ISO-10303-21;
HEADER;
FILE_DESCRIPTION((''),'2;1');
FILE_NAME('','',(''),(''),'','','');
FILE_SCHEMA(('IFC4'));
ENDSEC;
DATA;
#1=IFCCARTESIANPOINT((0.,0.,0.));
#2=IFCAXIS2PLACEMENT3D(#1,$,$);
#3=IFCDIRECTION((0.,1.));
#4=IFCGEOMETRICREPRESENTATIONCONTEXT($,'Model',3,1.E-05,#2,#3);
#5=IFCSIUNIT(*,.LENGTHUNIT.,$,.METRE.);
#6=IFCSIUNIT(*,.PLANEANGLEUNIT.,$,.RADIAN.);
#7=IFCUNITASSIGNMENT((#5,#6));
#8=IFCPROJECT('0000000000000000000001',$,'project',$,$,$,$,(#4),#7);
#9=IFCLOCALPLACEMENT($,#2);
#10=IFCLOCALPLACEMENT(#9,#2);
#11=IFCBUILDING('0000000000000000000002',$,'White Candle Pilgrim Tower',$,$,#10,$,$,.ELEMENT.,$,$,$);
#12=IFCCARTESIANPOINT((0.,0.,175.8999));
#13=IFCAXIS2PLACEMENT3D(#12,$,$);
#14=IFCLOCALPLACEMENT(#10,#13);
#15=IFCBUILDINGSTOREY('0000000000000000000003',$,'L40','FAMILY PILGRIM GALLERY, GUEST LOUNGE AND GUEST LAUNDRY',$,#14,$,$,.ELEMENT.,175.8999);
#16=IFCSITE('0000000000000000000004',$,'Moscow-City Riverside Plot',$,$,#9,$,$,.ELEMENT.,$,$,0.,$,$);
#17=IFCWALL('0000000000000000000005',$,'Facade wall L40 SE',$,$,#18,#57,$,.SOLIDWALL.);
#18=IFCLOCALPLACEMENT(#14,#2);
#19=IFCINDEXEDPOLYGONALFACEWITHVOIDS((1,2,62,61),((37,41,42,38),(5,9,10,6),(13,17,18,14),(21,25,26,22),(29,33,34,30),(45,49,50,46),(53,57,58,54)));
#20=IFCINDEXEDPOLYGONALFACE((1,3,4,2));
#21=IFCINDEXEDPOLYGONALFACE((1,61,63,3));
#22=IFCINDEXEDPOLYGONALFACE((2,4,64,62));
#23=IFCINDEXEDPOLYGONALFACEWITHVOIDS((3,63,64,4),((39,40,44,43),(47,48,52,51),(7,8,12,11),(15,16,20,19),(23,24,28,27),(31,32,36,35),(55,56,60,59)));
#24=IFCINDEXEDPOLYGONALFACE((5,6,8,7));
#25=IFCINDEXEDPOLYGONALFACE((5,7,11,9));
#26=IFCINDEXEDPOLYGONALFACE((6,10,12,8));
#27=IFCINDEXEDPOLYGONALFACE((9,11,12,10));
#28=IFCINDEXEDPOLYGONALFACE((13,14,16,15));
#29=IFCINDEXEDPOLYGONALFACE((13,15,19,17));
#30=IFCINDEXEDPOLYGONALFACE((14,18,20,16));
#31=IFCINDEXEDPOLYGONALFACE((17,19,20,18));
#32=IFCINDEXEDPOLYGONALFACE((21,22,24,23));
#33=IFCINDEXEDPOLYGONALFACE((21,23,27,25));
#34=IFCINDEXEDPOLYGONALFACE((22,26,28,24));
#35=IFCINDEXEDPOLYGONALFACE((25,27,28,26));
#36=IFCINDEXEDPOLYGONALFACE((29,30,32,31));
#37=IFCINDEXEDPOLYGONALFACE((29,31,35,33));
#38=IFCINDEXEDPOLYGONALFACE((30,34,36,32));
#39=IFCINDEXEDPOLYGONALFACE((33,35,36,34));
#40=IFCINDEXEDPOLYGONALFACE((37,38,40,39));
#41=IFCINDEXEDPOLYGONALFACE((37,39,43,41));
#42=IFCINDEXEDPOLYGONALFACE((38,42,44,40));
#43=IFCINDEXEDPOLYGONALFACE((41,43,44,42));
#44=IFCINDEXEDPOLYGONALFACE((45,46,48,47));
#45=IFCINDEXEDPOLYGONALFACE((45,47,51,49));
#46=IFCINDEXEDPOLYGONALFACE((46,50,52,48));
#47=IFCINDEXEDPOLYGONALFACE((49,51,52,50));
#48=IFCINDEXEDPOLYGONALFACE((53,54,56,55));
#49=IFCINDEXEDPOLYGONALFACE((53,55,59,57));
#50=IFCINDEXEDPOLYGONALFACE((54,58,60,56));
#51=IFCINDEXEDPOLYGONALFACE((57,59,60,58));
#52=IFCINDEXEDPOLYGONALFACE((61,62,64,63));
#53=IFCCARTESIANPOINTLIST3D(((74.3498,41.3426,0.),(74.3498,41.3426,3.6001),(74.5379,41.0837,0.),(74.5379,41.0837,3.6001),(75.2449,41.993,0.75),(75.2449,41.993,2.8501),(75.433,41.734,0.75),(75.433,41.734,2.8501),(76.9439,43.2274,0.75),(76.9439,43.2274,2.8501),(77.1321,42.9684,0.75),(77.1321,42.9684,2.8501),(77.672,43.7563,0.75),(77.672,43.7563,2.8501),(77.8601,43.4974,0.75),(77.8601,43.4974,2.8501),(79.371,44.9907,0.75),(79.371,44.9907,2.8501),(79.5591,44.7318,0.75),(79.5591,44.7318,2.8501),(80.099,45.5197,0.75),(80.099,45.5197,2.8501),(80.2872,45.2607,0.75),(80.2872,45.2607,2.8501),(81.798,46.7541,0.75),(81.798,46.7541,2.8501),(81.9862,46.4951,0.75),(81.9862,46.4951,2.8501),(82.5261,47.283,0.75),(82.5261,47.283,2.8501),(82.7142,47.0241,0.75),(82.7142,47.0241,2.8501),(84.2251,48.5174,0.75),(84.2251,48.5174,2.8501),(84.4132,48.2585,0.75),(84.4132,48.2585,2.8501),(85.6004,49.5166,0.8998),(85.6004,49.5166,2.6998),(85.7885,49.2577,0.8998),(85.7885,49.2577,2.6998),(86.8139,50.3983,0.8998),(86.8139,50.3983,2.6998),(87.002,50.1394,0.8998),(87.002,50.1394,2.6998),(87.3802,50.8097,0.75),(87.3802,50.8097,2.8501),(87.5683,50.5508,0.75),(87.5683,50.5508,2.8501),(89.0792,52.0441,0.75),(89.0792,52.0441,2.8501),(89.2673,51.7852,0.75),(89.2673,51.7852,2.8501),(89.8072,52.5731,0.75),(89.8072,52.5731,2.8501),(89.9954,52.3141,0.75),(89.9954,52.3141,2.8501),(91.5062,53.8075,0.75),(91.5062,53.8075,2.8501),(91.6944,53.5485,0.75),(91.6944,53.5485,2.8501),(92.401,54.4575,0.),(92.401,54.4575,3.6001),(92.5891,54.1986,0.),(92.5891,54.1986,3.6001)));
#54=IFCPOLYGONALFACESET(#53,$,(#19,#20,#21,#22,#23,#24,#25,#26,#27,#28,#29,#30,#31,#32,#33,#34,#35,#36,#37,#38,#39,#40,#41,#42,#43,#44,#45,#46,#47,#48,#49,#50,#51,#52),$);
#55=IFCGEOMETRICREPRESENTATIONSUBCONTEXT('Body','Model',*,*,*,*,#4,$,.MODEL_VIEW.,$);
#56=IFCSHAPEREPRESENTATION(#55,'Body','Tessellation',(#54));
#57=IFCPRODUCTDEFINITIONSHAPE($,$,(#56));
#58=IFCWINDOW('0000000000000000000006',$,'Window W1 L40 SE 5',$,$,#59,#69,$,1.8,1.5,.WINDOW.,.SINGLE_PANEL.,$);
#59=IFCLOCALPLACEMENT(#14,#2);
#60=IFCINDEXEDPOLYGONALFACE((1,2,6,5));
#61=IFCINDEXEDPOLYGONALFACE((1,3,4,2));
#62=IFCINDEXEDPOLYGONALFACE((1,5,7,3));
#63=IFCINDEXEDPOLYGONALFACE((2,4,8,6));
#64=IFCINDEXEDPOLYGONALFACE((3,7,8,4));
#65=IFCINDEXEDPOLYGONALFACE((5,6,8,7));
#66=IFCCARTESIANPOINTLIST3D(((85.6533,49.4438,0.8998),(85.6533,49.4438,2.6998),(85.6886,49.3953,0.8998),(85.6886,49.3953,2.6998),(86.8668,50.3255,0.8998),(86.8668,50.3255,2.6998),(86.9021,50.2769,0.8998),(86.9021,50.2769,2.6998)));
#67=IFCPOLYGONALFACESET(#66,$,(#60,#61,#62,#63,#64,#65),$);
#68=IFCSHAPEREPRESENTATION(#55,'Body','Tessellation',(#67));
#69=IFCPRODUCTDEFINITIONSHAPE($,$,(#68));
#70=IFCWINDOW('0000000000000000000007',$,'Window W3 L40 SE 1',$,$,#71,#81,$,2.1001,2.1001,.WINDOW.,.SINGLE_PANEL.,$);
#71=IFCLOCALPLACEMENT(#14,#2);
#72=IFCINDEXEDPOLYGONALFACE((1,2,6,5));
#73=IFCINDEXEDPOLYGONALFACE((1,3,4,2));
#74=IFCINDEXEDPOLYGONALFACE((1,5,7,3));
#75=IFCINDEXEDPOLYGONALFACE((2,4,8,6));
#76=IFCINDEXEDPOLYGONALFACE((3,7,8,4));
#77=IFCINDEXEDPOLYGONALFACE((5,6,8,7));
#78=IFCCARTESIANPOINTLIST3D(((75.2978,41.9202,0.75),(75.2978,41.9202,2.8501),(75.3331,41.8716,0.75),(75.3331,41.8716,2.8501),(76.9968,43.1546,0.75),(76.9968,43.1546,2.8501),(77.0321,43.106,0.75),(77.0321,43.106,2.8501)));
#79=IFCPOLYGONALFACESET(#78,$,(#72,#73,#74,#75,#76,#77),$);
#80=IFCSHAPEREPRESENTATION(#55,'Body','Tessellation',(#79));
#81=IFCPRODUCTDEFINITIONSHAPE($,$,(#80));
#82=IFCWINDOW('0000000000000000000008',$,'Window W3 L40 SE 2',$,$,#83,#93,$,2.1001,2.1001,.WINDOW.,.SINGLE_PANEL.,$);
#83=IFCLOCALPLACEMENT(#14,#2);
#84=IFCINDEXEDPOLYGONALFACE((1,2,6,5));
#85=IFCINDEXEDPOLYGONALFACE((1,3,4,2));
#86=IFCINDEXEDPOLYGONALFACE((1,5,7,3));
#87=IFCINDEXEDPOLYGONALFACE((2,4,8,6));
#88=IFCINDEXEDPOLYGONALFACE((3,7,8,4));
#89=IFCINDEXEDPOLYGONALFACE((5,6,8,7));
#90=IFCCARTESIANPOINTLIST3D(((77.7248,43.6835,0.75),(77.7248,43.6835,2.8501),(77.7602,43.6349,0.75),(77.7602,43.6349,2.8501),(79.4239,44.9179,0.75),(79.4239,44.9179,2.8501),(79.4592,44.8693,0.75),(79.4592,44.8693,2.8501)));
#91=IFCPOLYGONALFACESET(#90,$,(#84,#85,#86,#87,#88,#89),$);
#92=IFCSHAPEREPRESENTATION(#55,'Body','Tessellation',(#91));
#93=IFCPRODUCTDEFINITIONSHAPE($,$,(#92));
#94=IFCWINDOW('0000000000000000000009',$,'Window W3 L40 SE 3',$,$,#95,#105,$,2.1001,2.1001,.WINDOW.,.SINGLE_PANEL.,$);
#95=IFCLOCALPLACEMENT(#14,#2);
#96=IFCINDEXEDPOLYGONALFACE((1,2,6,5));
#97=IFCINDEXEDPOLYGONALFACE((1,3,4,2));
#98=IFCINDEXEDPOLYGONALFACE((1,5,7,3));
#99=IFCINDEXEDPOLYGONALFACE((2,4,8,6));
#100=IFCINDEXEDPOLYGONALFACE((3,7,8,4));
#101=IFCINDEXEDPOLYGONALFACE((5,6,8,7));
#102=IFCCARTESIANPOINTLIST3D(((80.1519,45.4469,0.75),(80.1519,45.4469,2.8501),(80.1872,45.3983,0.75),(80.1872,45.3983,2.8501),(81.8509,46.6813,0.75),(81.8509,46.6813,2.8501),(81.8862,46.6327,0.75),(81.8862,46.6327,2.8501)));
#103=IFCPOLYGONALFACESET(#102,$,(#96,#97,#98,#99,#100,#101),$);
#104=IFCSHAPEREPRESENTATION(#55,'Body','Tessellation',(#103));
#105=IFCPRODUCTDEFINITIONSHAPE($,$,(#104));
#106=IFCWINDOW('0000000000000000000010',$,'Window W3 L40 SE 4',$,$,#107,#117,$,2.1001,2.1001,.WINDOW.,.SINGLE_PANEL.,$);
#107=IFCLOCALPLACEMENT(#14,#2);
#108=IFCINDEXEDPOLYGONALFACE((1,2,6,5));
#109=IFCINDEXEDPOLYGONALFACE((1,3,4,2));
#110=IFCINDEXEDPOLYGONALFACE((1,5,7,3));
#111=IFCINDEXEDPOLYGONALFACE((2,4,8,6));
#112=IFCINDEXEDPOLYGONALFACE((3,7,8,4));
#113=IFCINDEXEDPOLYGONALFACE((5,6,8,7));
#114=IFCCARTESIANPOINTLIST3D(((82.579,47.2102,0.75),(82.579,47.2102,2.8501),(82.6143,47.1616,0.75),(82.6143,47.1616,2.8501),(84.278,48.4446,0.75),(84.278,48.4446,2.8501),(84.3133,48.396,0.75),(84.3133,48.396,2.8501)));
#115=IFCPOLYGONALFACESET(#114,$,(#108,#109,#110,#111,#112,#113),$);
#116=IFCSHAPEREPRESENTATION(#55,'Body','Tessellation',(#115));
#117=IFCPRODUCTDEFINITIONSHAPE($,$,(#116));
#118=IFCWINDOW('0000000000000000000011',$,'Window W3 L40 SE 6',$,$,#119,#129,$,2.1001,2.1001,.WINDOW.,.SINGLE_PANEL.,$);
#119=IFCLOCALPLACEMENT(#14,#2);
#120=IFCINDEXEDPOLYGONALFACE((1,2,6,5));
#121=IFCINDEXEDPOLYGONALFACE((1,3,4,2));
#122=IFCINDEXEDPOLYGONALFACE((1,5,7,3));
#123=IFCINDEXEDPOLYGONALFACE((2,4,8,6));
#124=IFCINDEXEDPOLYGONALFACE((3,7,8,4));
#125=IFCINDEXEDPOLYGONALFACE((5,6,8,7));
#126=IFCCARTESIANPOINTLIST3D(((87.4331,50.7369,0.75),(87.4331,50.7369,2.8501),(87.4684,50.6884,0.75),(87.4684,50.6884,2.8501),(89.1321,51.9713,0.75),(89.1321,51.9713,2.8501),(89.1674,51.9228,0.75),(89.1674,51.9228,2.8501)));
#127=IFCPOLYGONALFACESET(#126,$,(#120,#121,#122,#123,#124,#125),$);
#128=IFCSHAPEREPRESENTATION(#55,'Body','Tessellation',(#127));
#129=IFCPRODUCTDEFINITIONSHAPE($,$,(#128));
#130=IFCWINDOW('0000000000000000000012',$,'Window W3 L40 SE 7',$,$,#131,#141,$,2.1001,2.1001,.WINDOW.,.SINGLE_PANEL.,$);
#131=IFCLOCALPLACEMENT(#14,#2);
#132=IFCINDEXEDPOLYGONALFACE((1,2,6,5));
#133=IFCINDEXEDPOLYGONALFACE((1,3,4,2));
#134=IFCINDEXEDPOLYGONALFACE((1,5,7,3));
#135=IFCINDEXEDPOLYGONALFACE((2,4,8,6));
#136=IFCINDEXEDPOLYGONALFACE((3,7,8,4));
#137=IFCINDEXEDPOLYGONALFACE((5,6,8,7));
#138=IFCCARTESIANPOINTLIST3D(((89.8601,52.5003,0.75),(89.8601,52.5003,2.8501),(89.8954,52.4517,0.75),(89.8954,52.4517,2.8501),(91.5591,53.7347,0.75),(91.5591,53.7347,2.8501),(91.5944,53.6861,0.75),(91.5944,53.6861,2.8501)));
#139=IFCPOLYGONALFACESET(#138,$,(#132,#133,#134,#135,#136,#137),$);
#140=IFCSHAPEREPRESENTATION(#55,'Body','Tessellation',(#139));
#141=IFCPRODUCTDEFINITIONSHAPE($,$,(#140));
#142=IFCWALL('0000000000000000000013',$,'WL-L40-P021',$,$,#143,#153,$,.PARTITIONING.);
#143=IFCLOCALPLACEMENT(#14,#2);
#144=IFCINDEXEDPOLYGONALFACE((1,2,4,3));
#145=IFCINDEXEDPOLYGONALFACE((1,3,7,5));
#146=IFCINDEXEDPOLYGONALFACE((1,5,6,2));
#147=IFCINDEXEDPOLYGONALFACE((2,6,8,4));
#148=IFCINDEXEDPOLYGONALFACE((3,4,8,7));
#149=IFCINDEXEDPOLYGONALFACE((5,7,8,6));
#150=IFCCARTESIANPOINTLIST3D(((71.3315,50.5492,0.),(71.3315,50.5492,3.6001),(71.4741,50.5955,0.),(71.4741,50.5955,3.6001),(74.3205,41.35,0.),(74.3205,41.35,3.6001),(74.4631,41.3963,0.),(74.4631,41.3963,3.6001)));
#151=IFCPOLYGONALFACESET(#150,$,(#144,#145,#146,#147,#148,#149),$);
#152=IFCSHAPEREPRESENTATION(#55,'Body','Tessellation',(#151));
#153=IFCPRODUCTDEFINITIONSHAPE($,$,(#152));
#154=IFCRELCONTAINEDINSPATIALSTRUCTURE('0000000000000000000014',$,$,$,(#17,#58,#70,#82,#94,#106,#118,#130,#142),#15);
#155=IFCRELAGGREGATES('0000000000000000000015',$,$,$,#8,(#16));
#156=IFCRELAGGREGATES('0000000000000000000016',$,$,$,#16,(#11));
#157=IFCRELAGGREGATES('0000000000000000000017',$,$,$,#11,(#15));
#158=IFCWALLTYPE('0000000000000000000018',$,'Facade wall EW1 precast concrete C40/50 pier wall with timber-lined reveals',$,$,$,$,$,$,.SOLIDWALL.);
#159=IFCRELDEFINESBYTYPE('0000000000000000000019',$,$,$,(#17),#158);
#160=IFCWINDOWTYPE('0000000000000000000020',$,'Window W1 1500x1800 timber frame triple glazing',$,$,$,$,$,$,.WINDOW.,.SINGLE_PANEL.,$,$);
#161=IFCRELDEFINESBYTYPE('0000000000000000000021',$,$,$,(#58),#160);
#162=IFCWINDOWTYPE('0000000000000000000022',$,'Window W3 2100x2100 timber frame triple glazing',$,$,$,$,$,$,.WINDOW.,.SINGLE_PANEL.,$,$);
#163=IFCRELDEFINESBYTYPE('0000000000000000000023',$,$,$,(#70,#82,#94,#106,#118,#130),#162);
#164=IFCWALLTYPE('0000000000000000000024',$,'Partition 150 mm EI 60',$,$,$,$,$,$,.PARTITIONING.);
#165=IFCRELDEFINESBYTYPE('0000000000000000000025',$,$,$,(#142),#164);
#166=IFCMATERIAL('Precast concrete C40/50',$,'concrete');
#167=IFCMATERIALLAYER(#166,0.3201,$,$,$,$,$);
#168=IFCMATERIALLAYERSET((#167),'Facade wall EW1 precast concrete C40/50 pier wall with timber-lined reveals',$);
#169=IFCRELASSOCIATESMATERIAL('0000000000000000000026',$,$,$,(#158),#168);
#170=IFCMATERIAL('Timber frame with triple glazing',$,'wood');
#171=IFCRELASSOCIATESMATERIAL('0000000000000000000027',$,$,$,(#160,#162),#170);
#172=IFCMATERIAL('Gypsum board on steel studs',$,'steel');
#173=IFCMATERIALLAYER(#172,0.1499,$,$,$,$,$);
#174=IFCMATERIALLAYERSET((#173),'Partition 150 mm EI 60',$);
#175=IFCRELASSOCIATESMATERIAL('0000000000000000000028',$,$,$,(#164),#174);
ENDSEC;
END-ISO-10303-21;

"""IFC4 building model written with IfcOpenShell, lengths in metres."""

from ifc_helpers import new_model, si_unit, direction, frame, frame_2d, origin, place, context, subcontext, project, spatial, rectangle, extrude, material, layer, layer_set, type_object, element, fill, save


model = new_model("IFC4")

# Units and contexts
model_context = context("Model", 3, precision=1e-05, world=origin(), true_north=direction((0.0, 1.0)))
body_context = subcontext(model_context, "Body", "Model", "MODEL_VIEW")
ifc_project = project(units=[si_unit("LENGTHUNIT", "METRE"), si_unit("PLANEANGLEUNIT", "RADIAN")], contexts=[model_context])

# Site, building, storey
site_placement = place(None, origin())
site = spatial("IfcSite", under=ifc_project, at=site_placement, Name="Moscow-City Riverside Plot", CompositionType="ELEMENT", RefElevation=0.0)
building_placement = place(site_placement, origin())
building = spatial("IfcBuilding", under=site, at=building_placement, Name="White Candle Pilgrim Tower", CompositionType="ELEMENT")
storey_placement = place(building_placement, frame((0.0, 0.0, 175.8999)))
storey = spatial("IfcBuildingStorey", under=building, at=storey_placement, Name="L40", Description="FAMILY PILGRIM GALLERY, GUEST LOUNGE AND GUEST LAUNDRY", CompositionType="ELEMENT", Elevation=175.8999)

# Shared definitions
ifc_material_1 = material(Name="Gypsum board on steel studs", Category="steel")

# Wall, openings, windows
ifc_material_2 = material(Name="Precast concrete C40/50", Category="concrete")
ifc_layer_1 = layer(ifc_material_2, 0.3201)
ifc_layer_set_1 = layer_set([ifc_layer_1], Name="Facade wall EW1 precast concrete C40/50 pier wall with timber-lined reveals")
wall_type_1 = type_object("IfcWallType", Name="Facade wall EW1 precast concrete C40/50 pier wall with timber-lined reveals", PredefinedType="SOLIDWALL", material=ifc_layer_set_1)
wall_1_placement = place(storey_placement, frame((74.4438, 41.2131, 0.0), z_axis=(0.0, 0.0, 1.0), x_axis=(0.809018, 0.587785, 0.0)))
wall_1 = element("IfcWall", 1, at=wall_1_placement, inside=storey, type_object=wall_type_1, Name="Facade wall L40 SE", PredefinedType="SOLIDWALL", context=body_context, shape_type="SweptSolid", body=[
    extrude(rectangle(XDim=22.3125, YDim=0.3201, at=frame_2d((11.1562, 0.0))), origin(), (0.0, 0.0, 1.0), 3.6001),
])
opening_1_placement = place(wall_1_placement, frame((1.1064, 0.0, 0.75)))
opening_1 = element("IfcOpeningElement", 2, at=opening_1_placement, cuts=wall_1, PredefinedType="OPENING", context=body_context, shape_type="SweptSolid", body=[
    extrude(rectangle(XDim=2.1001, YDim=2.1001, at=frame_2d((1.05, 1.05))), frame((0.0, 0.1699, 0.0), z_axis=(0.0, -1.0, 0.0), x_axis=(1.0, 0.0, 0.0)), (0.0, 0.0, 1.0), 0.3401),
])
opening_2_placement = place(wall_1_placement, frame((4.1064, 0.0, 0.75)))
opening_2 = element("IfcOpeningElement", 3, at=opening_2_placement, cuts=wall_1, PredefinedType="OPENING", context=body_context, shape_type="SweptSolid", body=[
    extrude(rectangle(XDim=2.1001, YDim=2.1001, at=frame_2d((1.05, 1.05))), frame((0.0, 0.1699, 0.0), z_axis=(0.0, -1.0, 0.0), x_axis=(1.0, 0.0, 0.0)), (0.0, 0.0, 1.0), 0.3401),
])
opening_3_placement = place(wall_1_placement, frame((7.1064, 0.0, 0.75)))
opening_3 = element("IfcOpeningElement", 4, at=opening_3_placement, cuts=wall_1, PredefinedType="OPENING", context=body_context, shape_type="SweptSolid", body=[
    extrude(rectangle(XDim=2.1001, YDim=2.1001, at=frame_2d((1.05, 1.05))), frame((0.0, 0.1699, 0.0), z_axis=(0.0, -1.0, 0.0), x_axis=(1.0, 0.0, 0.0)), (0.0, 0.0, 1.0), 0.3401),
])
opening_4_placement = place(wall_1_placement, frame((10.1064, 0.0, 0.75)))
opening_4 = element("IfcOpeningElement", 5, at=opening_4_placement, cuts=wall_1, PredefinedType="OPENING", context=body_context, shape_type="SweptSolid", body=[
    extrude(rectangle(XDim=2.1001, YDim=2.1001, at=frame_2d((1.05, 1.05))), frame((0.0, 0.1699, 0.0), z_axis=(0.0, -1.0, 0.0), x_axis=(1.0, 0.0, 0.0)), (0.0, 0.0, 1.0), 0.3401),
])
opening_5_placement = place(wall_1_placement, frame((13.9065, 0.0, 0.8999)))
opening_5 = element("IfcOpeningElement", 6, at=opening_5_placement, cuts=wall_1, PredefinedType="OPENING", context=body_context, shape_type="SweptSolid", body=[
    extrude(rectangle(XDim=1.5, YDim=1.8, at=frame_2d((0.75, 0.8999))), frame((0.0, 0.1699, 0.0), z_axis=(0.0, -1.0, 0.0), x_axis=(1.0, 0.0, 0.0)), (0.0, 0.0, 1.0), 0.3401),
])
opening_6_placement = place(wall_1_placement, frame((16.1064, 0.0, 0.75)))
opening_6 = element("IfcOpeningElement", 7, at=opening_6_placement, cuts=wall_1, PredefinedType="OPENING", context=body_context, shape_type="SweptSolid", body=[
    extrude(rectangle(XDim=2.1001, YDim=2.1001, at=frame_2d((1.05, 1.05))), frame((0.0, 0.1699, 0.0), z_axis=(0.0, -1.0, 0.0), x_axis=(1.0, 0.0, 0.0)), (0.0, 0.0, 1.0), 0.3401),
])
opening_7_placement = place(wall_1_placement, frame((19.1064, 0.0, 0.75)))
opening_7 = element("IfcOpeningElement", 8, at=opening_7_placement, cuts=wall_1, PredefinedType="OPENING", context=body_context, shape_type="SweptSolid", body=[
    extrude(rectangle(XDim=2.1001, YDim=2.1001, at=frame_2d((1.05, 1.05))), frame((0.0, 0.1699, 0.0), z_axis=(0.0, -1.0, 0.0), x_axis=(1.0, 0.0, 0.0)), (0.0, 0.0, 1.0), 0.3401),
])
ifc_material_3 = material(Name="Timber frame with triple glazing", Category="wood")
window_type_1 = type_object("IfcWindowType", Name="Window W1 1500x1800 timber frame triple glazing", PartitioningType="SINGLE_PANEL", PredefinedType="WINDOW", material=ifc_material_3)
window_1_placement = place(opening_5_placement, origin())
window_1 = element("IfcWindow", 9, at=window_1_placement, inside=storey, type_object=window_type_1, Name="Window W1 L40 SE 5", OverallHeight=1.8, OverallWidth=1.5, PartitioningType="SINGLE_PANEL", PredefinedType="WINDOW", context=body_context, shape_type="SweptSolid", body=[
    extrude(rectangle(XDim=1.5, YDim=1.8, at=frame_2d((0.75, 0.8999))), frame((0.0, 0.0701, 0.0), z_axis=(0.0, -1.0, 0.0), x_axis=(1.0, 0.0, 0.0)), (0.0, 0.0, 1.0), 0.0601),
])
fill(opening_5, window_1)
window_type_2 = type_object("IfcWindowType", Name="Window W3 2100x2100 timber frame triple glazing", PartitioningType="SINGLE_PANEL", PredefinedType="WINDOW", material=ifc_material_3)
window_2_placement = place(opening_1_placement, origin())
window_2 = element("IfcWindow", 10, at=window_2_placement, inside=storey, type_object=window_type_2, Name="Window W3 L40 SE 1", OverallHeight=2.1001, OverallWidth=2.1001, PartitioningType="SINGLE_PANEL", PredefinedType="WINDOW", context=body_context, shape_type="SweptSolid", body=[
    extrude(rectangle(XDim=2.1001, YDim=2.1001, at=frame_2d((1.05, 1.05))), frame((0.0, 0.0701, 0.0), z_axis=(0.0, -1.0, 0.0), x_axis=(1.0, 0.0, 0.0)), (0.0, 0.0, 1.0), 0.0601),
])
fill(opening_1, window_2)
window_3_placement = place(opening_2_placement, origin())
window_3 = element("IfcWindow", 11, at=window_3_placement, inside=storey, type_object=window_type_2, Name="Window W3 L40 SE 2", OverallHeight=2.1001, OverallWidth=2.1001, PartitioningType="SINGLE_PANEL", PredefinedType="WINDOW", context=body_context, shape_type="SweptSolid", body=[
    extrude(rectangle(XDim=2.1001, YDim=2.1001, at=frame_2d((1.05, 1.05))), frame((0.0, 0.0701, 0.0), z_axis=(0.0, -1.0, 0.0), x_axis=(1.0, 0.0, 0.0)), (0.0, 0.0, 1.0), 0.0601),
])
fill(opening_2, window_3)
window_4_placement = place(opening_3_placement, origin())
window_4 = element("IfcWindow", 12, at=window_4_placement, inside=storey, type_object=window_type_2, Name="Window W3 L40 SE 3", OverallHeight=2.1001, OverallWidth=2.1001, PartitioningType="SINGLE_PANEL", PredefinedType="WINDOW", context=body_context, shape_type="SweptSolid", body=[
    extrude(rectangle(XDim=2.1001, YDim=2.1001, at=frame_2d((1.05, 1.05))), frame((0.0, 0.0701, 0.0), z_axis=(0.0, -1.0, 0.0), x_axis=(1.0, 0.0, 0.0)), (0.0, 0.0, 1.0), 0.0601),
])
fill(opening_3, window_4)
window_5_placement = place(opening_4_placement, origin())
window_5 = element("IfcWindow", 13, at=window_5_placement, inside=storey, type_object=window_type_2, Name="Window W3 L40 SE 4", OverallHeight=2.1001, OverallWidth=2.1001, PartitioningType="SINGLE_PANEL", PredefinedType="WINDOW", context=body_context, shape_type="SweptSolid", body=[
    extrude(rectangle(XDim=2.1001, YDim=2.1001, at=frame_2d((1.05, 1.05))), frame((0.0, 0.0701, 0.0), z_axis=(0.0, -1.0, 0.0), x_axis=(1.0, 0.0, 0.0)), (0.0, 0.0, 1.0), 0.0601),
])
fill(opening_4, window_5)
window_6_placement = place(opening_6_placement, origin())
window_6 = element("IfcWindow", 14, at=window_6_placement, inside=storey, type_object=window_type_2, Name="Window W3 L40 SE 6", OverallHeight=2.1001, OverallWidth=2.1001, PartitioningType="SINGLE_PANEL", PredefinedType="WINDOW", context=body_context, shape_type="SweptSolid", body=[
    extrude(rectangle(XDim=2.1001, YDim=2.1001, at=frame_2d((1.05, 1.05))), frame((0.0, 0.0701, 0.0), z_axis=(0.0, -1.0, 0.0), x_axis=(1.0, 0.0, 0.0)), (0.0, 0.0, 1.0), 0.0601),
])
fill(opening_6, window_6)
window_7_placement = place(opening_7_placement, origin())
window_7 = element("IfcWindow", 15, at=window_7_placement, inside=storey, type_object=window_type_2, Name="Window W3 L40 SE 7", OverallHeight=2.1001, OverallWidth=2.1001, PartitioningType="SINGLE_PANEL", PredefinedType="WINDOW", context=body_context, shape_type="SweptSolid", body=[
    extrude(rectangle(XDim=2.1001, YDim=2.1001, at=frame_2d((1.05, 1.05))), frame((0.0, 0.0701, 0.0), z_axis=(0.0, -1.0, 0.0), x_axis=(1.0, 0.0, 0.0)), (0.0, 0.0, 1.0), 0.0601),
])
fill(opening_7, window_7)

# Wall
ifc_layer_2 = layer(ifc_material_1, 0.1499)
ifc_layer_set_2 = layer_set([ifc_layer_2], Name="Partition 150 mm EI 60")
wall_type_2 = type_object("IfcWallType", Name="Partition 150 mm EI 60", PredefinedType="PARTITIONING", material=ifc_layer_set_2)
wall_2_placement = place(storey_placement, frame((74.3918, 41.373, 0.0), z_axis=(0.0, 0.0, 1.0), x_axis=(-0.309018, 0.951056, 0.0)))
element("IfcWall", 16, at=wall_2_placement, inside=storey, type_object=wall_type_2, Name="WL-L40-P021", PredefinedType="PARTITIONING", context=body_context, shape_type="SweptSolid", body=[
    extrude(rectangle(XDim=9.6726, YDim=0.1499, at=frame_2d((4.8364, 0.0))), origin(), (0.0, 0.0, 1.0), 3.6001),
])

save(model, "model.ifc")
